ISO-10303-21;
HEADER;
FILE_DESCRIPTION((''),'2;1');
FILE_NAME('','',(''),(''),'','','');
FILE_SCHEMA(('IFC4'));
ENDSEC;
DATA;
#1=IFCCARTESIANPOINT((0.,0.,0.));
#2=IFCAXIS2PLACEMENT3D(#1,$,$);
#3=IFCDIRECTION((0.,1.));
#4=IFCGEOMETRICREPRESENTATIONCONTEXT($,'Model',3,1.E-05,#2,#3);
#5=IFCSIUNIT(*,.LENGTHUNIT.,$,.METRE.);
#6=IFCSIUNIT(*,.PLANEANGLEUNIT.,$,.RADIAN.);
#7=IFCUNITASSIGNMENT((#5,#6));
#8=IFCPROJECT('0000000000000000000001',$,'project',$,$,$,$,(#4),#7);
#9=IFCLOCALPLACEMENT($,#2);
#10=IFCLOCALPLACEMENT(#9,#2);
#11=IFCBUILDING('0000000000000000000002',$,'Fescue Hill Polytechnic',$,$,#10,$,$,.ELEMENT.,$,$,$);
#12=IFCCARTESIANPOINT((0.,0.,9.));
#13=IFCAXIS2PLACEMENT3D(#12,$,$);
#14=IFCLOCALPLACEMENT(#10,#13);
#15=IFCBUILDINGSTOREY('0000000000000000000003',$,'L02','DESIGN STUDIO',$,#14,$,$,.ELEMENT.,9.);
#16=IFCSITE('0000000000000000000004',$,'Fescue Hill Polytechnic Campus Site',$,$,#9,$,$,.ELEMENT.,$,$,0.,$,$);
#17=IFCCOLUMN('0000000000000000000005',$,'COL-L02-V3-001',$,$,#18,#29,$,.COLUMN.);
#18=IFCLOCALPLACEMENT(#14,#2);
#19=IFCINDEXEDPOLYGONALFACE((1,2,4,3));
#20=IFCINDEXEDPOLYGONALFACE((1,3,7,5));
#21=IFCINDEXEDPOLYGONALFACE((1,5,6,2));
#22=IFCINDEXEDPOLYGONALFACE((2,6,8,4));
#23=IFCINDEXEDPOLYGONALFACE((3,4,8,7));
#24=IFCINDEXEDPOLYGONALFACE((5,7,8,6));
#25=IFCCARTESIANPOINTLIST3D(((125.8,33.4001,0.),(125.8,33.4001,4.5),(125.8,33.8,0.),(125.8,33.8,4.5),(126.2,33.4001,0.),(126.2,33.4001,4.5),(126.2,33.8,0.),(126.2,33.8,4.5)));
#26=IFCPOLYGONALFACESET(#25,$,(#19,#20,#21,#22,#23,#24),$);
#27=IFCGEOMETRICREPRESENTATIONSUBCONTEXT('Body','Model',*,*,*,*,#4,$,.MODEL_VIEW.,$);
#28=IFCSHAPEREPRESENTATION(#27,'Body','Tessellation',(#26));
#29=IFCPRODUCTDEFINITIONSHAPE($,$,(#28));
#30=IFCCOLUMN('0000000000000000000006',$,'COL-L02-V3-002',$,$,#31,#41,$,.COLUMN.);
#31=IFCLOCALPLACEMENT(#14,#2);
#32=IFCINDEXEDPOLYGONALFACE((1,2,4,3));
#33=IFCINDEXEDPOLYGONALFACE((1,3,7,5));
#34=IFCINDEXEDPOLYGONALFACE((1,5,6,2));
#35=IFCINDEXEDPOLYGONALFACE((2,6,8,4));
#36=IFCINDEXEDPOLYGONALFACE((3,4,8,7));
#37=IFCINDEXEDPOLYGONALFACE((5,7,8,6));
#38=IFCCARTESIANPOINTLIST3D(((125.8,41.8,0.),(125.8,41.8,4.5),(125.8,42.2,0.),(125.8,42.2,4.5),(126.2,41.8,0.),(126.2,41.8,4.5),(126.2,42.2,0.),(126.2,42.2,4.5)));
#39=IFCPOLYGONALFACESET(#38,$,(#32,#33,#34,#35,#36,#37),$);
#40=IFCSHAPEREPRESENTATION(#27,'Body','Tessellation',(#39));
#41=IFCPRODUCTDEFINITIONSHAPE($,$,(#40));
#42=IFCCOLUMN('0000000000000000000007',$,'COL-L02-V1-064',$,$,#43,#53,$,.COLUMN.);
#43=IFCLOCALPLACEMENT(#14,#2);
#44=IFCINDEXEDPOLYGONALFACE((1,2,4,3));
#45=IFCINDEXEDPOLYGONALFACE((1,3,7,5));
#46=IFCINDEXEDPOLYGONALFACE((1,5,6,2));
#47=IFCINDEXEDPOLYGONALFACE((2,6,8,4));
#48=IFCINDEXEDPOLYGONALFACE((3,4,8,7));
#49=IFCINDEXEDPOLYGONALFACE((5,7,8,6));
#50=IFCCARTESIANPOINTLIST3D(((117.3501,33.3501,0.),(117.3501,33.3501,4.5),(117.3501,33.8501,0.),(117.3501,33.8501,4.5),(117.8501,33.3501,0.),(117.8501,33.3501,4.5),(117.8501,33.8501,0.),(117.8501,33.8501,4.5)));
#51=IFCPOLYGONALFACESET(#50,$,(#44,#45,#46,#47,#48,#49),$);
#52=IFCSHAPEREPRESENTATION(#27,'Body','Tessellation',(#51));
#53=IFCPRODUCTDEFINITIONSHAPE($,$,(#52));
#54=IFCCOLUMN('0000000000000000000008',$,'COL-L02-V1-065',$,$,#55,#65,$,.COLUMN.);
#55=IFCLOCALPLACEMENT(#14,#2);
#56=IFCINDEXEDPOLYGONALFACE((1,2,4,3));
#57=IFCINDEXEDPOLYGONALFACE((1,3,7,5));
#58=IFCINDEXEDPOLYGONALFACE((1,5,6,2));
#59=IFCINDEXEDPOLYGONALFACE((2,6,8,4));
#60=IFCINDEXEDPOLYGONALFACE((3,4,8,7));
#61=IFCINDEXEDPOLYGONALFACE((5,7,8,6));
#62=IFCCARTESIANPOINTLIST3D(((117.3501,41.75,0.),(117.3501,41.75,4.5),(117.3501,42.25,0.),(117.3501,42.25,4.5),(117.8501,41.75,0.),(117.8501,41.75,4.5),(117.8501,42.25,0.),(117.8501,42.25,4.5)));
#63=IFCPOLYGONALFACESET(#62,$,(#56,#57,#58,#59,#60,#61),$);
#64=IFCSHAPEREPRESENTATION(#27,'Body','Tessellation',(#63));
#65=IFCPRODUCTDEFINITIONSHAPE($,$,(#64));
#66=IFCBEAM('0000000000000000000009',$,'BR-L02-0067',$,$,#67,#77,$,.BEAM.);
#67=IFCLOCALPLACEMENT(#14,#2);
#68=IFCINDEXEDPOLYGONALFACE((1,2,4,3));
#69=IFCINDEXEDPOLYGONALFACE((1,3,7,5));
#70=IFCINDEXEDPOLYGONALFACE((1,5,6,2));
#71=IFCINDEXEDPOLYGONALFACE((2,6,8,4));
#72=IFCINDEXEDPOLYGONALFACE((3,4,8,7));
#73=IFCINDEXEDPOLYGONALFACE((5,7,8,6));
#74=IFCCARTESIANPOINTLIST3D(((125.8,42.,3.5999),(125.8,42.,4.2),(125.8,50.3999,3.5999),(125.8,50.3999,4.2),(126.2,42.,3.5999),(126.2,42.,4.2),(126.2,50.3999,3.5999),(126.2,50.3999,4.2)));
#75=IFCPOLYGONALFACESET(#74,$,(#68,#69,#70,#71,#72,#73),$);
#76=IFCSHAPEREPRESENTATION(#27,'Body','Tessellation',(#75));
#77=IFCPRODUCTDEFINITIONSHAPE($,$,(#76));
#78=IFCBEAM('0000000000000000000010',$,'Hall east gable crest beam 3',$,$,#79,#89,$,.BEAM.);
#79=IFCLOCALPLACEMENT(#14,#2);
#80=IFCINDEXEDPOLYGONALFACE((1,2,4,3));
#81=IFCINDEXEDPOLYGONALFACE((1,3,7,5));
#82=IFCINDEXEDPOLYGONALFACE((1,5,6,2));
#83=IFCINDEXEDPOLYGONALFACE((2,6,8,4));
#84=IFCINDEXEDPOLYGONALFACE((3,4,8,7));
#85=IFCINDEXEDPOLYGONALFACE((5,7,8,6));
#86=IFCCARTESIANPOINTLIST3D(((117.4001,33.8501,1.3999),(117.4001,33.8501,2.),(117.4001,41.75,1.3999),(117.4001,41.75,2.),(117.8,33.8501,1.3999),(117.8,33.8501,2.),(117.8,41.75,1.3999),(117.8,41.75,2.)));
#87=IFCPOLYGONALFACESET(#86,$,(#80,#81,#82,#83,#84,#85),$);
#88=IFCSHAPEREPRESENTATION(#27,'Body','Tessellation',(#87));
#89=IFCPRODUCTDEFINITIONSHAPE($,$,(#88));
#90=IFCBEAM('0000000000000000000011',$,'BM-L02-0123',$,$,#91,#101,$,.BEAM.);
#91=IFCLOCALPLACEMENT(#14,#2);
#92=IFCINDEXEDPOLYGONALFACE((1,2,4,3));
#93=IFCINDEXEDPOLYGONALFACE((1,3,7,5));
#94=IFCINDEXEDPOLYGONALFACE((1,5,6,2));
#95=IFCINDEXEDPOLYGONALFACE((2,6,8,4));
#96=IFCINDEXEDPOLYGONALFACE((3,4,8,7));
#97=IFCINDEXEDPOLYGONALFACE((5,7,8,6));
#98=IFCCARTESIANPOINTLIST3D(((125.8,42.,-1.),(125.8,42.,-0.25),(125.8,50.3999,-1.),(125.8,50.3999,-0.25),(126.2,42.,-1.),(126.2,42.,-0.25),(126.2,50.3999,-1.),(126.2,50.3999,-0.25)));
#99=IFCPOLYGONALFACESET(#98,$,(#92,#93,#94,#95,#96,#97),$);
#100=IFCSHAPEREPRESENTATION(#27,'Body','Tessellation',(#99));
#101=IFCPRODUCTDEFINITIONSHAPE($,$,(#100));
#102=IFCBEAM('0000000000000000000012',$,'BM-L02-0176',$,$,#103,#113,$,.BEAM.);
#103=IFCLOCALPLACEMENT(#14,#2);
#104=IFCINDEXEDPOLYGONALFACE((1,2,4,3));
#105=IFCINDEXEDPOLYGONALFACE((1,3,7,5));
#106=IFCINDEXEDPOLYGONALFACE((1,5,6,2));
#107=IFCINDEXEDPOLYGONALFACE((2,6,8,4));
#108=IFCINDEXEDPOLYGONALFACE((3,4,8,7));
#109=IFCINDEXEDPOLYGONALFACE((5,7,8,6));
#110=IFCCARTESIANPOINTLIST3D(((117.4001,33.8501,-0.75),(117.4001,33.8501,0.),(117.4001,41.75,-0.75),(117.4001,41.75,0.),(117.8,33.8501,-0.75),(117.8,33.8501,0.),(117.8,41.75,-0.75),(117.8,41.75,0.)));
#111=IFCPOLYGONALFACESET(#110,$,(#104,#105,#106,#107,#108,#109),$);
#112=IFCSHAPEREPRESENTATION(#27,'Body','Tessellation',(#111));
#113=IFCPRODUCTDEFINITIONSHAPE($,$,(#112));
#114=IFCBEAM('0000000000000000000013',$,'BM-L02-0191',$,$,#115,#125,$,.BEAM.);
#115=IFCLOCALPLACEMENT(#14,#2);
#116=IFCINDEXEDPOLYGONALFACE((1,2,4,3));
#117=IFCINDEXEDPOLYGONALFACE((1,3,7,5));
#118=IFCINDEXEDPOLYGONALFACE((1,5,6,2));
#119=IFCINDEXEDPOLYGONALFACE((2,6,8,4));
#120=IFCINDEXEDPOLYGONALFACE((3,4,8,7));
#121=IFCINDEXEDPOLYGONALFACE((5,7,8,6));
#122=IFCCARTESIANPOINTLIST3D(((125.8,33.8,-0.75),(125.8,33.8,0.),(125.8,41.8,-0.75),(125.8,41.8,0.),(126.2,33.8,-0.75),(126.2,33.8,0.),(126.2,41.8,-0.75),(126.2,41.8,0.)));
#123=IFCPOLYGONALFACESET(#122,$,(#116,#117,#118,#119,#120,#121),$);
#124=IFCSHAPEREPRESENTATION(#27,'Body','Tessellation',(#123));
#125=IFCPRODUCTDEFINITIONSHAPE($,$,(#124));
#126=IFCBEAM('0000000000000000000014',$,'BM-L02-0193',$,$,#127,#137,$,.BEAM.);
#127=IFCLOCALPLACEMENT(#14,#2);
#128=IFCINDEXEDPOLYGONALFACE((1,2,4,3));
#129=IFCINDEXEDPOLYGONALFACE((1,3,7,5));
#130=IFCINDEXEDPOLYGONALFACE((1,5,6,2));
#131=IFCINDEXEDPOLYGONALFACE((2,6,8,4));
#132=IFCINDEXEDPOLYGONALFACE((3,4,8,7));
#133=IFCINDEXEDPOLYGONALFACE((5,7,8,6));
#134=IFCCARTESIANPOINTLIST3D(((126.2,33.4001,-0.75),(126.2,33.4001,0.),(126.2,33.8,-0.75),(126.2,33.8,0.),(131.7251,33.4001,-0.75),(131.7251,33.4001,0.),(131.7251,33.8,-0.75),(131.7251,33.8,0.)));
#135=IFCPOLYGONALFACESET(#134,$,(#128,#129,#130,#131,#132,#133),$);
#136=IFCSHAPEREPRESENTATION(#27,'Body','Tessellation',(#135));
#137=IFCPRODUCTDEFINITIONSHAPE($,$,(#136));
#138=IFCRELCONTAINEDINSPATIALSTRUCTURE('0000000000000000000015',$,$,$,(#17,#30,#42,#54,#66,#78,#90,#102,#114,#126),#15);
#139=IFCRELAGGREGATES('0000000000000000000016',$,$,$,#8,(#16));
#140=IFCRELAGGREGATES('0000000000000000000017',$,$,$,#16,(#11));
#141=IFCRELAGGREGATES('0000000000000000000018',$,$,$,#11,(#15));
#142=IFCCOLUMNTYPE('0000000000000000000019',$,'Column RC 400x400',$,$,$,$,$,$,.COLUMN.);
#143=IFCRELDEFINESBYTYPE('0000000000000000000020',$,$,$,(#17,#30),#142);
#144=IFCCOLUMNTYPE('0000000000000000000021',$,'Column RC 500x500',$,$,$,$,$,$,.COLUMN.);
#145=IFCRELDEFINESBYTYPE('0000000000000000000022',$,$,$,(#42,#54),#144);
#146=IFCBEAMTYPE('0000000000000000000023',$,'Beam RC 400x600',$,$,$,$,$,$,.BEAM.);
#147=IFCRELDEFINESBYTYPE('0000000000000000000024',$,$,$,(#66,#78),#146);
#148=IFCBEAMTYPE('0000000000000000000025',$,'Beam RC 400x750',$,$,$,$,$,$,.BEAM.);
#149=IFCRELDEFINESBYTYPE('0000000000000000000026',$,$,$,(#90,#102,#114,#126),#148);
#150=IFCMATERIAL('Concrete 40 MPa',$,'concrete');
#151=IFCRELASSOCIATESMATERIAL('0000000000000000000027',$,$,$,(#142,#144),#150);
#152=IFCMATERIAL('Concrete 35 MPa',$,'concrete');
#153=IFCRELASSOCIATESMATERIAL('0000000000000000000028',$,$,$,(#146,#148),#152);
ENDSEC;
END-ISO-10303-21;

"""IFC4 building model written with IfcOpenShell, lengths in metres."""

from ifc_helpers import new_model, si_unit, direction, frame, origin, origin_2d, place, context, subcontext, project, spatial, rectangle, extrude, material, material_profile, profile_set, type_object, element, save


model = new_model("IFC4")

# Units and contexts
model_context = context("Model", 3, precision=1e-05, world=origin(), true_north=direction((0.0, 1.0)))
body_context = subcontext(model_context, "Body", "Model", "MODEL_VIEW")
ifc_project = project(units=[si_unit("LENGTHUNIT", "METRE"), si_unit("PLANEANGLEUNIT", "RADIAN")], contexts=[model_context])

# Site, building, storey
site_placement = place(None, origin())
site = spatial("IfcSite", under=ifc_project, at=site_placement, Name="Fescue Hill Polytechnic Campus Site", CompositionType="ELEMENT", RefElevation=0.0)
building_placement = place(site_placement, origin())
building = spatial("IfcBuilding", under=site, at=building_placement, Name="Fescue Hill Polytechnic", CompositionType="ELEMENT")
storey_placement = place(building_placement, frame((0.0, 0.0, 9.0)))
storey = spatial("IfcBuildingStorey", under=building, at=storey_placement, Name="L02", Description="DESIGN STUDIO", CompositionType="ELEMENT", Elevation=9.0)

# Columns
ifc_material_1 = material(Name="Concrete 40 MPa", Category="concrete")
ifc_material_profile_1 = material_profile(ifc_material_1, rectangle(XDim=0.3999, YDim=0.3999, at=origin_2d()), Name="RC 400x400")
ifc_profile_set_1 = profile_set([ifc_material_profile_1], Name="Concrete 40 MPa")
column_type_1 = type_object("IfcColumnType", Name="Column RC 400x400", PredefinedType="COLUMN", material=ifc_profile_set_1)
for number, where, z_axis, x_axis, name in (
    (1, (126.0, 33.6001, 0.0), (0.0, 0.0, 1.0), (1.0, 0.0, 0.0), "COL-L02-V3-001"),
    (2, (126.0, 42.0, 0.0), (0.0, 0.0, 1.0), (1.0, 0.0, 0.0), "COL-L02-V3-002"),
):
    element("IfcColumn", number, at=place(storey_placement, frame(where, z_axis=z_axis, x_axis=x_axis)), inside=storey, type_object=column_type_1, Name=name, PredefinedType="COLUMN", context=body_context, shape_type="SweptSolid", body=[
        extrude(rectangle(XDim=0.3999, YDim=0.3999, at=origin_2d()), origin(), (0.0, 0.0, 1.0), 4.5),
    ])
ifc_material_profile_2 = material_profile(ifc_material_1, rectangle(XDim=0.5, YDim=0.5, at=origin_2d()), Name="RC 500x500")
ifc_profile_set_2 = profile_set([ifc_material_profile_2], Name="Concrete 40 MPa")
column_type_2 = type_object("IfcColumnType", Name="Column RC 500x500", PredefinedType="COLUMN", material=ifc_profile_set_2)
for number, where, z_axis, x_axis, name in (
    (3, (117.6001, 33.6001, 0.0), (0.0, 0.0, 1.0), (1.0, 0.0, 0.0), "COL-L02-V1-064"),
    (4, (117.6001, 42.0, 0.0), (0.0, 0.0, 1.0), (1.0, 0.0, 0.0), "COL-L02-V1-065"),
):
    element("IfcColumn", number, at=place(storey_placement, frame(where, z_axis=z_axis, x_axis=x_axis)), inside=storey, type_object=column_type_2, Name=name, PredefinedType="COLUMN", context=body_context, shape_type="SweptSolid", body=[
        extrude(rectangle(XDim=0.5, YDim=0.5, at=origin_2d()), origin(), (0.0, 0.0, 1.0), 4.5),
    ])

# Beams
ifc_material_2 = material(Name="Concrete 35 MPa", Category="concrete")
ifc_material_profile_3 = material_profile(ifc_material_2, rectangle(XDim=0.3999, YDim=0.6001, at=origin_2d()), Name="RC 400x600")
ifc_profile_set_3 = profile_set([ifc_material_profile_3], Name="Concrete 35 MPa")
beam_type_1 = type_object("IfcBeamType", Name="Beam RC 400x600", PredefinedType="BEAM", material=ifc_profile_set_3)
beam_1_placement = place(storey_placement, frame((126.0, 42.0, 3.8999), z_axis=(0.0, 1.0, 0.0), x_axis=(-1.0, 0.0, 0.0)))
element("IfcBeam", 5, at=beam_1_placement, inside=storey, type_object=beam_type_1, Name="BR-L02-0067", PredefinedType="BEAM", context=body_context, shape_type="SweptSolid", body=[
    extrude(rectangle(XDim=0.3999, YDim=0.6001, at=origin_2d()), origin(), (0.0, 0.0, 1.0), 8.3999),
])
beam_2_placement = place(storey_placement, frame((117.6001, 33.8501, 1.7), z_axis=(0.0, 1.0, 0.0), x_axis=(-1.0, 0.0, 0.0)))
element("IfcBeam", 6, at=beam_2_placement, inside=storey, type_object=beam_type_1, Name="Hall east gable crest beam 3", PredefinedType="BEAM", context=body_context, shape_type="SweptSolid", body=[
    extrude(rectangle(XDim=0.3999, YDim=0.6001, at=origin_2d()), origin(), (0.0, 0.0, 1.0), 7.8999),
])
ifc_material_profile_4 = material_profile(ifc_material_2, rectangle(XDim=0.3999, YDim=0.75, at=origin_2d()), Name="RC 400x750")
ifc_profile_set_4 = profile_set([ifc_material_profile_4], Name="Concrete 35 MPa")
beam_type_2 = type_object("IfcBeamType", Name="Beam RC 400x750", PredefinedType="BEAM", material=ifc_profile_set_4)
beam_3_placement = place(storey_placement, frame((126.0, 42.0, -0.625), z_axis=(0.0, 1.0, 0.0), x_axis=(-1.0, 0.0, 0.0)))
element("IfcBeam", 7, at=beam_3_placement, inside=storey, type_object=beam_type_2, Name="BM-L02-0123", PredefinedType="BEAM", context=body_context, shape_type="SweptSolid", body=[
    extrude(rectangle(XDim=0.3999, YDim=0.75, at=origin_2d()), origin(), (0.0, 0.0, 1.0), 8.3999),
])
beam_4_placement = place(storey_placement, frame((117.6001, 33.8501, -0.375), z_axis=(0.0, 1.0, 0.0), x_axis=(-1.0, 0.0, 0.0)))
element("IfcBeam", 8, at=beam_4_placement, inside=storey, type_object=beam_type_2, Name="BM-L02-0176", PredefinedType="BEAM", context=body_context, shape_type="SweptSolid", body=[
    extrude(rectangle(XDim=0.3999, YDim=0.75, at=origin_2d()), origin(), (0.0, 0.0, 1.0), 7.8999),
])
beam_5_placement = place(storey_placement, frame((126.0, 33.8, -0.375), z_axis=(0.0, 1.0, 0.0), x_axis=(-1.0, 0.0, 0.0)))
element("IfcBeam", 9, at=beam_5_placement, inside=storey, type_object=beam_type_2, Name="BM-L02-0191", PredefinedType="BEAM", context=body_context, shape_type="SweptSolid", body=[
    extrude(rectangle(XDim=0.3999, YDim=0.75, at=origin_2d()), origin(), (0.0, 0.0, 1.0), 8.0),
])
beam_6_placement = place(storey_placement, frame((126.2, 33.6001, -0.375), z_axis=(1.0, 0.0, 0.0), x_axis=(0.0, 1.0, 0.0)))
element("IfcBeam", 10, at=beam_6_placement, inside=storey, type_object=beam_type_2, Name="BM-L02-0193", PredefinedType="BEAM", context=body_context, shape_type="SweptSolid", body=[
    extrude(rectangle(XDim=0.3999, YDim=0.75, at=origin_2d()), origin(), (0.0, 0.0, 1.0), 5.5251),
])

save(model, "model.ifc")
